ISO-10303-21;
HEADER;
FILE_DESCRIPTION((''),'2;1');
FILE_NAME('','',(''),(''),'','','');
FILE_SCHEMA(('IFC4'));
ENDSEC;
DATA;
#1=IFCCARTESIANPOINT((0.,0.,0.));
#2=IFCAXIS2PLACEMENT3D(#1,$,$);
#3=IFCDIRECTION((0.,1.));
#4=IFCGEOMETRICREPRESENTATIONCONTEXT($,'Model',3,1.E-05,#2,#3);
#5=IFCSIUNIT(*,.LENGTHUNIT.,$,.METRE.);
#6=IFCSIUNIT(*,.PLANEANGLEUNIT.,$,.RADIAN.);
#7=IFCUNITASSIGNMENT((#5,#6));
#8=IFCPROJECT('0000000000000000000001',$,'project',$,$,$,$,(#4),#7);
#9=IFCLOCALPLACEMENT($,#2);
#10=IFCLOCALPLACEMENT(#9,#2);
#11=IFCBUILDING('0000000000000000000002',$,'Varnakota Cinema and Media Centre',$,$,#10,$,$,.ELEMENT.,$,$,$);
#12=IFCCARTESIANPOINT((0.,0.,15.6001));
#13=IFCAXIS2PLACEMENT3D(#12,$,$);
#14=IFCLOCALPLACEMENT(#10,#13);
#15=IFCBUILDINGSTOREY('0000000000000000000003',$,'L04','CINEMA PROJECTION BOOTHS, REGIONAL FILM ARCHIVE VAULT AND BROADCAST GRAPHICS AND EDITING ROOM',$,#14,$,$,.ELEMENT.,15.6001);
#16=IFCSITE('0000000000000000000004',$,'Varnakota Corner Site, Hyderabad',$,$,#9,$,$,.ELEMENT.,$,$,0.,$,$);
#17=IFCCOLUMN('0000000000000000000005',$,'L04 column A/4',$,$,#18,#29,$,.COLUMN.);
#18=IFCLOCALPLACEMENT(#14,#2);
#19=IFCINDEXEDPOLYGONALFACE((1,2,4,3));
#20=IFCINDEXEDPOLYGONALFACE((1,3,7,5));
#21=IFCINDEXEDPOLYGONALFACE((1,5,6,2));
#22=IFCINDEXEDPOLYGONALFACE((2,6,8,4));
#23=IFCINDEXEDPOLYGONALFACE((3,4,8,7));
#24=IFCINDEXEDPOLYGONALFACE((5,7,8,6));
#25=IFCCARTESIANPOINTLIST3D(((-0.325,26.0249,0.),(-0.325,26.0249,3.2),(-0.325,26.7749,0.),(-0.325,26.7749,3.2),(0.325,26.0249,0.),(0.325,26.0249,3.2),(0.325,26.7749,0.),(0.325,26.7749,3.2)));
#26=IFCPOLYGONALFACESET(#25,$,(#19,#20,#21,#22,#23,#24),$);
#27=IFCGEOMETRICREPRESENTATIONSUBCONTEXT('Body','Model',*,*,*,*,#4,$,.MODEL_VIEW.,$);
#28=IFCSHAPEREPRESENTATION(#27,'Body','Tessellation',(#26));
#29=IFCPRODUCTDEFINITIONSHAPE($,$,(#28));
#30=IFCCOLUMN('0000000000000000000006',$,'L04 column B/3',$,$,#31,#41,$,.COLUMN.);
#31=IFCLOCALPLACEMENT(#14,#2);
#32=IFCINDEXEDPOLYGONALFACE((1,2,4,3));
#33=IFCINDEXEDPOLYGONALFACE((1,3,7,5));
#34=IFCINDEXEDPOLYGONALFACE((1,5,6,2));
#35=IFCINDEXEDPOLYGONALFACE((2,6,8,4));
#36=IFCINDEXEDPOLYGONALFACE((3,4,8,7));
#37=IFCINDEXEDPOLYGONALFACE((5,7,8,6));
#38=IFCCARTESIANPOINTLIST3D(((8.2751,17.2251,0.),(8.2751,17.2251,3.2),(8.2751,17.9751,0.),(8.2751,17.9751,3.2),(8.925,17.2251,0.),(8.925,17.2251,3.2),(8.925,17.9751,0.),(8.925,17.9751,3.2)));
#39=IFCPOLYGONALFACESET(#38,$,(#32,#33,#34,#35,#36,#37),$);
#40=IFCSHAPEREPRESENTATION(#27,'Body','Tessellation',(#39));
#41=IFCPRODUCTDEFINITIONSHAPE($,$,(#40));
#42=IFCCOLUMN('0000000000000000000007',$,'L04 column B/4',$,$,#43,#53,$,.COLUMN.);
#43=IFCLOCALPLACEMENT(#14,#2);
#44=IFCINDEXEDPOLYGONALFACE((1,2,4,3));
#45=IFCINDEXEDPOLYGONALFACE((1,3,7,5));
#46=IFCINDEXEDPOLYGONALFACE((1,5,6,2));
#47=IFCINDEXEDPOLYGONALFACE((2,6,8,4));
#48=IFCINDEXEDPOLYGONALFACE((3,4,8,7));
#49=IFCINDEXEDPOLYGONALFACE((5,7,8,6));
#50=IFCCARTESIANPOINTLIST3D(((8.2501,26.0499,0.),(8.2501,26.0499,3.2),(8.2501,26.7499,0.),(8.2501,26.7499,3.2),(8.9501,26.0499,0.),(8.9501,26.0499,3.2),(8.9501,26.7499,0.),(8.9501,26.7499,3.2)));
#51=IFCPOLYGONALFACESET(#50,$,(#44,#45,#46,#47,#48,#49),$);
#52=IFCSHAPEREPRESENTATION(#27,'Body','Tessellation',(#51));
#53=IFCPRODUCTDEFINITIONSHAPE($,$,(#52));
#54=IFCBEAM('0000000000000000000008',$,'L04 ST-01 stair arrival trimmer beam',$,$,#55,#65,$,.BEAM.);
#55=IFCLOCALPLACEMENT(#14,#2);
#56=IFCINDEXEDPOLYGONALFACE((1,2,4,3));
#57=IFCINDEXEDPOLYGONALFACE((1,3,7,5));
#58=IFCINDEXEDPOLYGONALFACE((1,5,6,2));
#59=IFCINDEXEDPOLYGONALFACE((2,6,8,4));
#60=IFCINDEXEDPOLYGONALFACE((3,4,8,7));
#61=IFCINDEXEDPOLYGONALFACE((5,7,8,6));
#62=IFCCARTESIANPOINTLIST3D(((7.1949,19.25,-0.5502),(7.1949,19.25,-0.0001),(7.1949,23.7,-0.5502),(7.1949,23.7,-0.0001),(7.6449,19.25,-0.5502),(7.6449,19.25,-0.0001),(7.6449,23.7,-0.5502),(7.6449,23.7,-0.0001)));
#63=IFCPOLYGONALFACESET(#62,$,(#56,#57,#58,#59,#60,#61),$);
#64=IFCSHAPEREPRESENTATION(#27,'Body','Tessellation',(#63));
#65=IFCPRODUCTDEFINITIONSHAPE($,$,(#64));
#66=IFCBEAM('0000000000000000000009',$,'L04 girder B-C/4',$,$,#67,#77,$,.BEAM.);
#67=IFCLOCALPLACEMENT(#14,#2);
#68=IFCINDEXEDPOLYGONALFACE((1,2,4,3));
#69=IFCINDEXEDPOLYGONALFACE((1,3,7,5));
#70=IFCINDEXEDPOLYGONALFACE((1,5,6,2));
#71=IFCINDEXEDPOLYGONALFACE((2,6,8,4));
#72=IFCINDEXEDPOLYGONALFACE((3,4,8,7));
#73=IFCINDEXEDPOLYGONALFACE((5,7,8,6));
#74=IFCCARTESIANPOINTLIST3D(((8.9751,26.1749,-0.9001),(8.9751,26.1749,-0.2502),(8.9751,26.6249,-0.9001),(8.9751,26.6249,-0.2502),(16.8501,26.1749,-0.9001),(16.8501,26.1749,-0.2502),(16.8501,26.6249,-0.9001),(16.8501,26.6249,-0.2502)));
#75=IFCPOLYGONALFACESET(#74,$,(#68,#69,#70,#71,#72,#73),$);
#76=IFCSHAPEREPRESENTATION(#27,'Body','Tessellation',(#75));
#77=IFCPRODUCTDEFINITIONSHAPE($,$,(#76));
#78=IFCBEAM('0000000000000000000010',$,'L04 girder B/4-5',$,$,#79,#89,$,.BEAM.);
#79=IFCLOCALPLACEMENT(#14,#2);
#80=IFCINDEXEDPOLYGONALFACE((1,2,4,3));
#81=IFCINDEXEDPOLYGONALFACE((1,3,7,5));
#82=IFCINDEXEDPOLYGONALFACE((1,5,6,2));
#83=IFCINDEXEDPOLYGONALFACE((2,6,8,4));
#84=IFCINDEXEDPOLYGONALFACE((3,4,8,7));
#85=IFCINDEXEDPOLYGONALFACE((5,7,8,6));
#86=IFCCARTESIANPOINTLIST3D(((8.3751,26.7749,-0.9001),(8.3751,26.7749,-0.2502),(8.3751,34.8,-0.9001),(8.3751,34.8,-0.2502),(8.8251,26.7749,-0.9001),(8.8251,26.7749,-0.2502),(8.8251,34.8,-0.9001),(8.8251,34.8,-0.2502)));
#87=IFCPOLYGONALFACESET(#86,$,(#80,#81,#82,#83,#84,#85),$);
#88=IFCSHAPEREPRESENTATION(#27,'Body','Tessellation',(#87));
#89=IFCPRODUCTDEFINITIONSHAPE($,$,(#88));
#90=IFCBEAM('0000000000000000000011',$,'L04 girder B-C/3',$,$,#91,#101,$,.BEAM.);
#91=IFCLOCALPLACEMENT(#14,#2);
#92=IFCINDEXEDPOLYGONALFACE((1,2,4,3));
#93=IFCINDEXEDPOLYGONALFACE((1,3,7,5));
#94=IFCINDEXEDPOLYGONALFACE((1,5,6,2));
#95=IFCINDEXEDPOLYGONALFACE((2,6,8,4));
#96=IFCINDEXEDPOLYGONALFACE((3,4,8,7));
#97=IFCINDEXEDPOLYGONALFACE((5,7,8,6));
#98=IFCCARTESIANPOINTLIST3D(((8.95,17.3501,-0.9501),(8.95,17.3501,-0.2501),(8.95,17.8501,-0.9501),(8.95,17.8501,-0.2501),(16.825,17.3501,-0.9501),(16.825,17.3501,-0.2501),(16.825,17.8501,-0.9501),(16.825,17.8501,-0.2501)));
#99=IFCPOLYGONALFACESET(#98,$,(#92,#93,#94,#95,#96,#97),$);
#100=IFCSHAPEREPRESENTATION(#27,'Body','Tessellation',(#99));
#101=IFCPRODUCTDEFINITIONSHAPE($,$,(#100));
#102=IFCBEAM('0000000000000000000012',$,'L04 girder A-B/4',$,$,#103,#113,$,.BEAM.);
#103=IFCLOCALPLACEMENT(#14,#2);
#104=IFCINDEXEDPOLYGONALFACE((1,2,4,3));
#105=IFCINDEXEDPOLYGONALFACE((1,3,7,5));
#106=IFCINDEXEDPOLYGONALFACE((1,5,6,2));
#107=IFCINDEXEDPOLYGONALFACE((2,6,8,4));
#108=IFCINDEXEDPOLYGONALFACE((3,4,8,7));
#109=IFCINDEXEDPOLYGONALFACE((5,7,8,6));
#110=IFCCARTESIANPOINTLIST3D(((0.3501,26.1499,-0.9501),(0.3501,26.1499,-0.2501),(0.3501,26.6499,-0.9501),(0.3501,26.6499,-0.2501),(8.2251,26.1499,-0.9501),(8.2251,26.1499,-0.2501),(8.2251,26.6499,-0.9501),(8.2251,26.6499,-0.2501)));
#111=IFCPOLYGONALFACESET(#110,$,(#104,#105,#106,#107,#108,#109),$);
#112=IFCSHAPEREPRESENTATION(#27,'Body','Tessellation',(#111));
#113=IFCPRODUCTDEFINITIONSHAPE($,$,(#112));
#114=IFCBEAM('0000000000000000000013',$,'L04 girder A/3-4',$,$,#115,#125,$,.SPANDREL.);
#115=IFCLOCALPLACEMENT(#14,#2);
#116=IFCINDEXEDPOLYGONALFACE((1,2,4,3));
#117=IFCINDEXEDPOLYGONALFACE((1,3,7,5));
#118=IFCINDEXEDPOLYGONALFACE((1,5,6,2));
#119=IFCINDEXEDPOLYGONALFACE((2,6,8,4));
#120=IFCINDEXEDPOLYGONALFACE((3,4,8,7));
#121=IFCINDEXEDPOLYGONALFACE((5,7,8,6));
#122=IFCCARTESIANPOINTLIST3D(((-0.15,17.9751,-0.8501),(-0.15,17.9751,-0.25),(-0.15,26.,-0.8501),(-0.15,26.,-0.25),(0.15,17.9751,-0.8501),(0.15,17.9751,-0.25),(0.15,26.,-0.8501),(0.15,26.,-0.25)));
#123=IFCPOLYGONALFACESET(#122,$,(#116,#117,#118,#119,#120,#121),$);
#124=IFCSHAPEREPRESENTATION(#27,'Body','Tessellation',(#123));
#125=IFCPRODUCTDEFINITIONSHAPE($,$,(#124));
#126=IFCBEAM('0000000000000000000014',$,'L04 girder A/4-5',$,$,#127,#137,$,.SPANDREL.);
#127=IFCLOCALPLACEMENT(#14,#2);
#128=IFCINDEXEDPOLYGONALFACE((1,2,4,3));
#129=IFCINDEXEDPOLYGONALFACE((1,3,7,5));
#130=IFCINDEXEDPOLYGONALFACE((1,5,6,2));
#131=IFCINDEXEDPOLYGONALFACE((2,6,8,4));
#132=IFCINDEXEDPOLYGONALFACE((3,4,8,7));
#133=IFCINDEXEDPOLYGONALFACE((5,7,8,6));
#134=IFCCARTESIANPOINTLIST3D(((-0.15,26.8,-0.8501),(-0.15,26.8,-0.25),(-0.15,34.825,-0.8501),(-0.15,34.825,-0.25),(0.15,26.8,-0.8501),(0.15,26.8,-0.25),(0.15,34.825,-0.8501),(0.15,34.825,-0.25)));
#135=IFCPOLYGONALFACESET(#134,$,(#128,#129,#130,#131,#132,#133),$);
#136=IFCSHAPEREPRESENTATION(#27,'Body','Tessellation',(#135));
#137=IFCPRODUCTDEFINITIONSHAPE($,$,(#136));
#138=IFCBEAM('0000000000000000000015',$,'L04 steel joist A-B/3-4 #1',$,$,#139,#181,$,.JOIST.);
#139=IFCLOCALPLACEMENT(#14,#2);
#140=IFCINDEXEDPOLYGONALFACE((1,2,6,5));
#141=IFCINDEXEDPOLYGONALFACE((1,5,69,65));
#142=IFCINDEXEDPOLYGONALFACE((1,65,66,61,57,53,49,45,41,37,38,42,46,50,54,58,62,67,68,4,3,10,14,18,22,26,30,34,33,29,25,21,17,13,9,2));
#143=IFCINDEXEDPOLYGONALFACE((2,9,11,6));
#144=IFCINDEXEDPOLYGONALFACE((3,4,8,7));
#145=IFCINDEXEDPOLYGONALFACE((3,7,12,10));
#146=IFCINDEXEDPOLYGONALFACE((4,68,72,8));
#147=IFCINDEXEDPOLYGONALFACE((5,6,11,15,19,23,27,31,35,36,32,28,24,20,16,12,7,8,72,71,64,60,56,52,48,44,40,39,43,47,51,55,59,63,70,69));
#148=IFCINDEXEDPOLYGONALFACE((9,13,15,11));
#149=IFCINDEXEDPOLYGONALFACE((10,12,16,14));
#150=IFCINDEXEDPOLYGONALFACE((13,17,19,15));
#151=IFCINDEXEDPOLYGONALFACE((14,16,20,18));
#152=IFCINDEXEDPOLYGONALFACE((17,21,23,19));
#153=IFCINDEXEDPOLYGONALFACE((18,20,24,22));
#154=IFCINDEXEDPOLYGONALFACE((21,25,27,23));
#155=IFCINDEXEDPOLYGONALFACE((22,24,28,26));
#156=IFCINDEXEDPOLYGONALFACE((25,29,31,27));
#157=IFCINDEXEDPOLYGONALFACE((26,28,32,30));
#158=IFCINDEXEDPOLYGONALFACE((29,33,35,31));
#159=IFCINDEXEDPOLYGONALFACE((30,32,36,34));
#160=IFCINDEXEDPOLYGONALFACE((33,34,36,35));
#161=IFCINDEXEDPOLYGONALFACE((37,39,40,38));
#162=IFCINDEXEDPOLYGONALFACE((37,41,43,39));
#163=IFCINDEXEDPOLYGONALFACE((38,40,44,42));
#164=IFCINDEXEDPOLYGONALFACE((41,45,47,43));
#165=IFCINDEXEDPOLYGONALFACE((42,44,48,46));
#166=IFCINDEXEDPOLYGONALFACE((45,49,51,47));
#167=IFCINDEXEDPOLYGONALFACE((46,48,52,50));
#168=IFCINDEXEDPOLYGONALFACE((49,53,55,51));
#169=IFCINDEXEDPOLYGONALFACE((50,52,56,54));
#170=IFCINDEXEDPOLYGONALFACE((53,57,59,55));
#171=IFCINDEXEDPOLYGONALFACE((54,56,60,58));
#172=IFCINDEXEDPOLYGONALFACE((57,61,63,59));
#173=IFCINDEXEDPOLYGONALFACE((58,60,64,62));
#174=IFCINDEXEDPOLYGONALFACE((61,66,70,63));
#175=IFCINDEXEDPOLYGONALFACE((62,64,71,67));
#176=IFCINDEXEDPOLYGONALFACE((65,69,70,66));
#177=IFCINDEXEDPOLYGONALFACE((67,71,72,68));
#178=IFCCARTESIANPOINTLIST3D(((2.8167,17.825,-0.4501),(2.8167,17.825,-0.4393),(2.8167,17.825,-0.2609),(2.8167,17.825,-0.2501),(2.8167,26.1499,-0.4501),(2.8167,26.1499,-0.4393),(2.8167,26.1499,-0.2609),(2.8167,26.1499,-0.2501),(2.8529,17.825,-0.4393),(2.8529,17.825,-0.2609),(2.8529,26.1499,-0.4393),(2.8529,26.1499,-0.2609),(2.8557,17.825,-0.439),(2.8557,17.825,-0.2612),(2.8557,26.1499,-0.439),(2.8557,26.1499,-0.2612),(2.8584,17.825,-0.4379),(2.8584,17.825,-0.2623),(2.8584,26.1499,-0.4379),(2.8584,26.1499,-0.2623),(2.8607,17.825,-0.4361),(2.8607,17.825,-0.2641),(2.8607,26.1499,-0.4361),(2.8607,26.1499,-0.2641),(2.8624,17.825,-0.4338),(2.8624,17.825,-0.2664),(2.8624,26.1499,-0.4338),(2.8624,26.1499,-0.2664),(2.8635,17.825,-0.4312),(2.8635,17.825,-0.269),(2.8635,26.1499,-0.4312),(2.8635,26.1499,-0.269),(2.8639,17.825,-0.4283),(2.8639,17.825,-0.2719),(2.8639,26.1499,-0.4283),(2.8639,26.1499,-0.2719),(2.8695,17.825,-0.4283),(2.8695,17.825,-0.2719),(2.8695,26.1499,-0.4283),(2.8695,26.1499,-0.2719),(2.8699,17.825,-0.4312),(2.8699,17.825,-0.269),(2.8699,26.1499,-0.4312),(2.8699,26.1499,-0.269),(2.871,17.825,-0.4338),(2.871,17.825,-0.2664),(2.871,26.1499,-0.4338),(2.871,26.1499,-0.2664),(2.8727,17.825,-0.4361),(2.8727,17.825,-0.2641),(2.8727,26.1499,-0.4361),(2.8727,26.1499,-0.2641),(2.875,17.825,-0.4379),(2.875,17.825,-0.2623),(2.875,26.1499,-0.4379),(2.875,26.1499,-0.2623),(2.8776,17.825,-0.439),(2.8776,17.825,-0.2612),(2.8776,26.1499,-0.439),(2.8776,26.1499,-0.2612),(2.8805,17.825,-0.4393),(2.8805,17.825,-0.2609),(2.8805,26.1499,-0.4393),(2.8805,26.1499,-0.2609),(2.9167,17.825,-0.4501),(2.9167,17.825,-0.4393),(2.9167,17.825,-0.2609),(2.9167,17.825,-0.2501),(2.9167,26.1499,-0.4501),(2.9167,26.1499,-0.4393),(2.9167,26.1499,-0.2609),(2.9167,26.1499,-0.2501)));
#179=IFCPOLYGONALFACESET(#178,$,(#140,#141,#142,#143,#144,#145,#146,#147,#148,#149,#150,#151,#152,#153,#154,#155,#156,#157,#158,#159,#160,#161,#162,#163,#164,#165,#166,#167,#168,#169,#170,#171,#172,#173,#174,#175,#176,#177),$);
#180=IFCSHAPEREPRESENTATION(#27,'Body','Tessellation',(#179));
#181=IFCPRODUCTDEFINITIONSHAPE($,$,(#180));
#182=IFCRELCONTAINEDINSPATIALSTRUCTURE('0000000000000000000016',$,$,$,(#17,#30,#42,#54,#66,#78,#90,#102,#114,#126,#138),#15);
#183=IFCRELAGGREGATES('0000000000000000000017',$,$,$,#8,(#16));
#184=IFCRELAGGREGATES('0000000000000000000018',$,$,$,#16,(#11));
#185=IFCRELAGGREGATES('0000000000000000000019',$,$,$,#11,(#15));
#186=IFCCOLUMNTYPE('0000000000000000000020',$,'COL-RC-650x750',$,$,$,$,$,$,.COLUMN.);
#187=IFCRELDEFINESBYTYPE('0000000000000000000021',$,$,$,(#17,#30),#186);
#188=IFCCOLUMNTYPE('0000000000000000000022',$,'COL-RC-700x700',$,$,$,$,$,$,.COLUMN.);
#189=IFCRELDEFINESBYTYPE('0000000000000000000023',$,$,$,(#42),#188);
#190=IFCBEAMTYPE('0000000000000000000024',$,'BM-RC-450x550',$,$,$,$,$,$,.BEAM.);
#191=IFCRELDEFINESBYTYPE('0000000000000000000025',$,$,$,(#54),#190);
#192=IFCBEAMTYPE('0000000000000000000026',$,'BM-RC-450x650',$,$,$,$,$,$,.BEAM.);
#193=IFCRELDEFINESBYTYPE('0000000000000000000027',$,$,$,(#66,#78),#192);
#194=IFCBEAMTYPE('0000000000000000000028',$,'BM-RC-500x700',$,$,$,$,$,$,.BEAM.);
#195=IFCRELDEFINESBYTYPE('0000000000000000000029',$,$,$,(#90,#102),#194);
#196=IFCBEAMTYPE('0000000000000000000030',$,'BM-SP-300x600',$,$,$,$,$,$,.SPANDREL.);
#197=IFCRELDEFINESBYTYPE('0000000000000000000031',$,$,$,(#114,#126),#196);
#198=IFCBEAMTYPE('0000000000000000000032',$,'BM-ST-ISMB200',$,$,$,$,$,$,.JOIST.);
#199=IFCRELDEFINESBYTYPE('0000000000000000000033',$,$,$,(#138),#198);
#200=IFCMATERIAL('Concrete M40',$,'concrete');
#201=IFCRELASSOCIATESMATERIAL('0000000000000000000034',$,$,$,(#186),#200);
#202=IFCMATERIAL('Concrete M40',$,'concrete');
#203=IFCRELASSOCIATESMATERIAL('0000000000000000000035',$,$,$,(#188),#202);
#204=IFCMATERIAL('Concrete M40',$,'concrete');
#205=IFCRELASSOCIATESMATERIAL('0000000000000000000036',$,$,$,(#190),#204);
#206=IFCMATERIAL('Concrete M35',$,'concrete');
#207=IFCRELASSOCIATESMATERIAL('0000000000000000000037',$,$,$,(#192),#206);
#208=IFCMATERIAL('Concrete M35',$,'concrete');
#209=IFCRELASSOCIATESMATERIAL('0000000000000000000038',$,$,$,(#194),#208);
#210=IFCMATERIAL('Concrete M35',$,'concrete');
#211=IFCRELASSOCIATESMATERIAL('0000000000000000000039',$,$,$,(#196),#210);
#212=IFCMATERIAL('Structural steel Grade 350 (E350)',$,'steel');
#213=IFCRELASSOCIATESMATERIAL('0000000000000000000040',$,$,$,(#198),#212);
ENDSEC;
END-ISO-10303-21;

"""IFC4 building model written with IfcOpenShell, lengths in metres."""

from ifc_helpers import new_model, si_unit, direction, frame, origin, origin_2d, place, context, subcontext, project, spatial, rectangle, i_section, extrude, material, material_profile, profile_set, type_object, element, save


model = new_model("IFC4")

# Units and contexts
model_context = context("Model", 3, precision=1e-05, world=origin(), true_north=direction((0.0, 1.0)))
body_context = subcontext(model_context, "Body", "Model", "MODEL_VIEW")
ifc_project = project(units=[si_unit("LENGTHUNIT", "METRE"), si_unit("PLANEANGLEUNIT", "RADIAN")], contexts=[model_context])

# Site, building, storey
site_placement = place(None, origin())
site = spatial("IfcSite", under=ifc_project, at=site_placement, Name="Varnakota Corner Site, Hyderabad", CompositionType="ELEMENT", RefElevation=0.0)
building_placement = place(site_placement, origin())
building = spatial("IfcBuilding", under=site, at=building_placement, Name="Varnakota Cinema and Media Centre", CompositionType="ELEMENT")
storey_placement = place(building_placement, frame((0.0, 0.0, 15.6001)))
storey = spatial("IfcBuildingStorey", under=building, at=storey_placement, Name="L04", Description="CINEMA PROJECTION BOOTHS, REGIONAL FILM ARCHIVE VAULT AND BROADCAST GRAPHICS AND EDITING ROOM", CompositionType="ELEMENT", Elevation=15.6001)

# Columns
ifc_material_1 = material(Name="Concrete M40", Category="concrete")
ifc_material_profile_1 = material_profile(ifc_material_1, rectangle(XDim=0.6499, YDim=0.75, at=origin_2d()), Name="RC 650x750")
ifc_profile_set_1 = profile_set([ifc_material_profile_1], Name="Concrete M40")
column_type_1 = type_object("IfcColumnType", Name="COL-RC-650x750", PredefinedType="COLUMN", material=ifc_profile_set_1)
for number, where, z_axis, x_axis, name in (
    (1, (0.0, 26.3999, 0.0), (0.0, 0.0, 1.0), (1.0, 0.0, 0.0), "L04 column A/4"),
    (2, (8.6001, 17.6001, 0.0), (0.0, 0.0, 1.0), (1.0, 0.0, 0.0), "L04 column B/3"),
):
    element("IfcColumn", number, at=place(storey_placement, frame(where, z_axis=z_axis, x_axis=x_axis)), inside=storey, type_object=column_type_1, Name=name, PredefinedType="COLUMN", context=body_context, shape_type="SweptSolid", body=[
        extrude(rectangle(XDim=0.6499, YDim=0.75, at=origin_2d()), origin(), (0.0, 0.0, 1.0), 3.2),
    ])
ifc_material_2 = material(Name="Concrete M40", Category="concrete")
ifc_material_profile_2 = material_profile(ifc_material_2, rectangle(XDim=0.7, YDim=0.7, at=origin_2d()), Name="RC 700x700")
ifc_profile_set_2 = profile_set([ifc_material_profile_2], Name="Concrete M40")
column_type_2 = type_object("IfcColumnType", Name="COL-RC-700x700", PredefinedType="COLUMN", material=ifc_profile_set_2)
column_placement = place(storey_placement, frame((8.6001, 26.3999, 0.0), z_axis=(0.0, 0.0, 1.0), x_axis=(1.0, 0.0, 0.0)))
element("IfcColumn", 3, at=column_placement, inside=storey, type_object=column_type_2, Name="L04 column B/4", PredefinedType="COLUMN", context=body_context, shape_type="SweptSolid", body=[
    extrude(rectangle(XDim=0.7, YDim=0.7, at=origin_2d()), origin(), (0.0, 0.0, 1.0), 3.2),
])

# Beams
ifc_material_3 = material(Name="Concrete M40", Category="concrete")
ifc_material_profile_3 = material_profile(ifc_material_3, rectangle(XDim=0.45, YDim=0.55, at=origin_2d()), Name="RCB 450x550")
ifc_profile_set_3 = profile_set([ifc_material_profile_3], Name="Concrete M40")
beam_type_1 = type_object("IfcBeamType", Name="BM-RC-450x550", PredefinedType="BEAM", material=ifc_profile_set_3)
beam_1_placement = place(storey_placement, frame((7.4199, 19.25, -0.2751), z_axis=(0.0, 1.0, 0.0), x_axis=(-1.0, 0.0, 0.0)))
element("IfcBeam", 4, at=beam_1_placement, inside=storey, type_object=beam_type_1, Name="L04 ST-01 stair arrival trimmer beam", PredefinedType="BEAM", context=body_context, shape_type="SweptSolid", body=[
    extrude(rectangle(XDim=0.45, YDim=0.55, at=origin_2d()), origin(), (0.0, 0.0, 1.0), 4.45),
])
ifc_material_4 = material(Name="Concrete M35", Category="concrete")
ifc_material_profile_4 = material_profile(ifc_material_4, rectangle(XDim=0.45, YDim=0.6499, at=origin_2d()), Name="RCB 450x650")
ifc_profile_set_4 = profile_set([ifc_material_profile_4], Name="Concrete M35")
beam_type_2 = type_object("IfcBeamType", Name="BM-RC-450x650", PredefinedType="BEAM", material=ifc_profile_set_4)
beam_2_placement = place(storey_placement, frame((8.9751, 26.3999, -0.5752), z_axis=(1.0, 0.0, 0.0), x_axis=(0.0, 1.0, 0.0)))
element("IfcBeam", 5, at=beam_2_placement, inside=storey, type_object=beam_type_2, Name="L04 girder B-C/4", PredefinedType="BEAM", context=body_context, shape_type="SweptSolid", body=[
    extrude(rectangle(XDim=0.45, YDim=0.6499, at=origin_2d()), origin(), (0.0, 0.0, 1.0), 7.875),
])
beam_3_placement = place(storey_placement, frame((8.6001, 26.7749, -0.5752), z_axis=(0.0, 1.0, 0.0), x_axis=(-1.0, 0.0, 0.0)))
element("IfcBeam", 6, at=beam_3_placement, inside=storey, type_object=beam_type_2, Name="L04 girder B/4-5", PredefinedType="BEAM", context=body_context, shape_type="SweptSolid", body=[
    extrude(rectangle(XDim=0.45, YDim=0.6499, at=origin_2d()), origin(), (0.0, 0.0, 1.0), 8.0251),
])
ifc_material_5 = material(Name="Concrete M35", Category="concrete")
ifc_material_profile_5 = material_profile(ifc_material_5, rectangle(XDim=0.5, YDim=0.7, at=origin_2d()), Name="RCB 500x700")
ifc_profile_set_5 = profile_set([ifc_material_profile_5], Name="Concrete M35")
beam_type_3 = type_object("IfcBeamType", Name="BM-RC-500x700", PredefinedType="BEAM", material=ifc_profile_set_5)
for number, where, z_axis, x_axis, name in (
    (7, (8.95, 17.6001, -0.6001), (1.0, 0.0, 0.0), (0.0, 1.0, 0.0), "L04 girder B-C/3"),
    (8, (0.3501, 26.3999, -0.6001), (1.0, 0.0, 0.0), (0.0, 1.0, 0.0), "L04 girder A-B/4"),
):
    element("IfcBeam", number, at=place(storey_placement, frame(where, z_axis=z_axis, x_axis=x_axis)), inside=storey, type_object=beam_type_3, Name=name, PredefinedType="BEAM", context=body_context, shape_type="SweptSolid", body=[
        extrude(rectangle(XDim=0.5, YDim=0.7, at=origin_2d()), origin(), (0.0, 0.0, 1.0), 7.875),
    ])
ifc_material_6 = material(Name="Concrete M35", Category="concrete")
ifc_material_profile_6 = material_profile(ifc_material_6, rectangle(XDim=0.3, YDim=0.6001, at=origin_2d()), Name="RCB 300x600")
ifc_profile_set_6 = profile_set([ifc_material_profile_6], Name="Concrete M35")
beam_type_4 = type_object("IfcBeamType", Name="BM-SP-300x600", PredefinedType="SPANDREL", material=ifc_profile_set_6)
for number, where, z_axis, x_axis, name in (
    (9, (0.0, 17.9751, -0.55), (0.0, 1.0, 0.0), (-1.0, 0.0, 0.0), "L04 girder A/3-4"),
    (10, (0.0, 26.8, -0.55), (0.0, 1.0, 0.0), (-1.0, 0.0, 0.0), "L04 girder A/4-5"),
):
    element("IfcBeam", number, at=place(storey_placement, frame(where, z_axis=z_axis, x_axis=x_axis)), inside=storey, type_object=beam_type_4, Name=name, PredefinedType="SPANDREL", context=body_context, shape_type="SweptSolid", body=[
        extrude(rectangle(XDim=0.3, YDim=0.6001, at=origin_2d()), origin(), (0.0, 0.0, 1.0), 8.0249),
    ])
ifc_material_7 = material(Name="Structural steel Grade 350 (E350)", Category="steel")
ifc_material_profile_7 = material_profile(ifc_material_7, i_section(OverallWidth=0.1001, OverallDepth=0.2, WebThickness=0.0056, FlangeThickness=0.0107, FilletRadius=0.011, at=origin_2d()), Name="ISMB 200")
ifc_profile_set_7 = profile_set([ifc_material_profile_7], Name="Structural steel Grade 350 (E350)")
beam_type_5 = type_object("IfcBeamType", Name="BM-ST-ISMB200", PredefinedType="JOIST", material=ifc_profile_set_7)
beam_4_placement = place(storey_placement, frame((2.8667, 17.825, -0.3501), z_axis=(0.0, 1.0, 0.0), x_axis=(-1.0, 0.0, 0.0)))
element("IfcBeam", 11, at=beam_4_placement, inside=storey, type_object=beam_type_5, Name="L04 steel joist A-B/3-4 #1", PredefinedType="JOIST", context=body_context, shape_type="SweptSolid", body=[
    extrude(i_section(OverallWidth=0.1001, OverallDepth=0.2, WebThickness=0.0056, FlangeThickness=0.0107, FilletRadius=0.011, at=origin_2d()), origin(), (0.0, 0.0, 1.0), 8.325),
])

save(model, "model.ifc")
